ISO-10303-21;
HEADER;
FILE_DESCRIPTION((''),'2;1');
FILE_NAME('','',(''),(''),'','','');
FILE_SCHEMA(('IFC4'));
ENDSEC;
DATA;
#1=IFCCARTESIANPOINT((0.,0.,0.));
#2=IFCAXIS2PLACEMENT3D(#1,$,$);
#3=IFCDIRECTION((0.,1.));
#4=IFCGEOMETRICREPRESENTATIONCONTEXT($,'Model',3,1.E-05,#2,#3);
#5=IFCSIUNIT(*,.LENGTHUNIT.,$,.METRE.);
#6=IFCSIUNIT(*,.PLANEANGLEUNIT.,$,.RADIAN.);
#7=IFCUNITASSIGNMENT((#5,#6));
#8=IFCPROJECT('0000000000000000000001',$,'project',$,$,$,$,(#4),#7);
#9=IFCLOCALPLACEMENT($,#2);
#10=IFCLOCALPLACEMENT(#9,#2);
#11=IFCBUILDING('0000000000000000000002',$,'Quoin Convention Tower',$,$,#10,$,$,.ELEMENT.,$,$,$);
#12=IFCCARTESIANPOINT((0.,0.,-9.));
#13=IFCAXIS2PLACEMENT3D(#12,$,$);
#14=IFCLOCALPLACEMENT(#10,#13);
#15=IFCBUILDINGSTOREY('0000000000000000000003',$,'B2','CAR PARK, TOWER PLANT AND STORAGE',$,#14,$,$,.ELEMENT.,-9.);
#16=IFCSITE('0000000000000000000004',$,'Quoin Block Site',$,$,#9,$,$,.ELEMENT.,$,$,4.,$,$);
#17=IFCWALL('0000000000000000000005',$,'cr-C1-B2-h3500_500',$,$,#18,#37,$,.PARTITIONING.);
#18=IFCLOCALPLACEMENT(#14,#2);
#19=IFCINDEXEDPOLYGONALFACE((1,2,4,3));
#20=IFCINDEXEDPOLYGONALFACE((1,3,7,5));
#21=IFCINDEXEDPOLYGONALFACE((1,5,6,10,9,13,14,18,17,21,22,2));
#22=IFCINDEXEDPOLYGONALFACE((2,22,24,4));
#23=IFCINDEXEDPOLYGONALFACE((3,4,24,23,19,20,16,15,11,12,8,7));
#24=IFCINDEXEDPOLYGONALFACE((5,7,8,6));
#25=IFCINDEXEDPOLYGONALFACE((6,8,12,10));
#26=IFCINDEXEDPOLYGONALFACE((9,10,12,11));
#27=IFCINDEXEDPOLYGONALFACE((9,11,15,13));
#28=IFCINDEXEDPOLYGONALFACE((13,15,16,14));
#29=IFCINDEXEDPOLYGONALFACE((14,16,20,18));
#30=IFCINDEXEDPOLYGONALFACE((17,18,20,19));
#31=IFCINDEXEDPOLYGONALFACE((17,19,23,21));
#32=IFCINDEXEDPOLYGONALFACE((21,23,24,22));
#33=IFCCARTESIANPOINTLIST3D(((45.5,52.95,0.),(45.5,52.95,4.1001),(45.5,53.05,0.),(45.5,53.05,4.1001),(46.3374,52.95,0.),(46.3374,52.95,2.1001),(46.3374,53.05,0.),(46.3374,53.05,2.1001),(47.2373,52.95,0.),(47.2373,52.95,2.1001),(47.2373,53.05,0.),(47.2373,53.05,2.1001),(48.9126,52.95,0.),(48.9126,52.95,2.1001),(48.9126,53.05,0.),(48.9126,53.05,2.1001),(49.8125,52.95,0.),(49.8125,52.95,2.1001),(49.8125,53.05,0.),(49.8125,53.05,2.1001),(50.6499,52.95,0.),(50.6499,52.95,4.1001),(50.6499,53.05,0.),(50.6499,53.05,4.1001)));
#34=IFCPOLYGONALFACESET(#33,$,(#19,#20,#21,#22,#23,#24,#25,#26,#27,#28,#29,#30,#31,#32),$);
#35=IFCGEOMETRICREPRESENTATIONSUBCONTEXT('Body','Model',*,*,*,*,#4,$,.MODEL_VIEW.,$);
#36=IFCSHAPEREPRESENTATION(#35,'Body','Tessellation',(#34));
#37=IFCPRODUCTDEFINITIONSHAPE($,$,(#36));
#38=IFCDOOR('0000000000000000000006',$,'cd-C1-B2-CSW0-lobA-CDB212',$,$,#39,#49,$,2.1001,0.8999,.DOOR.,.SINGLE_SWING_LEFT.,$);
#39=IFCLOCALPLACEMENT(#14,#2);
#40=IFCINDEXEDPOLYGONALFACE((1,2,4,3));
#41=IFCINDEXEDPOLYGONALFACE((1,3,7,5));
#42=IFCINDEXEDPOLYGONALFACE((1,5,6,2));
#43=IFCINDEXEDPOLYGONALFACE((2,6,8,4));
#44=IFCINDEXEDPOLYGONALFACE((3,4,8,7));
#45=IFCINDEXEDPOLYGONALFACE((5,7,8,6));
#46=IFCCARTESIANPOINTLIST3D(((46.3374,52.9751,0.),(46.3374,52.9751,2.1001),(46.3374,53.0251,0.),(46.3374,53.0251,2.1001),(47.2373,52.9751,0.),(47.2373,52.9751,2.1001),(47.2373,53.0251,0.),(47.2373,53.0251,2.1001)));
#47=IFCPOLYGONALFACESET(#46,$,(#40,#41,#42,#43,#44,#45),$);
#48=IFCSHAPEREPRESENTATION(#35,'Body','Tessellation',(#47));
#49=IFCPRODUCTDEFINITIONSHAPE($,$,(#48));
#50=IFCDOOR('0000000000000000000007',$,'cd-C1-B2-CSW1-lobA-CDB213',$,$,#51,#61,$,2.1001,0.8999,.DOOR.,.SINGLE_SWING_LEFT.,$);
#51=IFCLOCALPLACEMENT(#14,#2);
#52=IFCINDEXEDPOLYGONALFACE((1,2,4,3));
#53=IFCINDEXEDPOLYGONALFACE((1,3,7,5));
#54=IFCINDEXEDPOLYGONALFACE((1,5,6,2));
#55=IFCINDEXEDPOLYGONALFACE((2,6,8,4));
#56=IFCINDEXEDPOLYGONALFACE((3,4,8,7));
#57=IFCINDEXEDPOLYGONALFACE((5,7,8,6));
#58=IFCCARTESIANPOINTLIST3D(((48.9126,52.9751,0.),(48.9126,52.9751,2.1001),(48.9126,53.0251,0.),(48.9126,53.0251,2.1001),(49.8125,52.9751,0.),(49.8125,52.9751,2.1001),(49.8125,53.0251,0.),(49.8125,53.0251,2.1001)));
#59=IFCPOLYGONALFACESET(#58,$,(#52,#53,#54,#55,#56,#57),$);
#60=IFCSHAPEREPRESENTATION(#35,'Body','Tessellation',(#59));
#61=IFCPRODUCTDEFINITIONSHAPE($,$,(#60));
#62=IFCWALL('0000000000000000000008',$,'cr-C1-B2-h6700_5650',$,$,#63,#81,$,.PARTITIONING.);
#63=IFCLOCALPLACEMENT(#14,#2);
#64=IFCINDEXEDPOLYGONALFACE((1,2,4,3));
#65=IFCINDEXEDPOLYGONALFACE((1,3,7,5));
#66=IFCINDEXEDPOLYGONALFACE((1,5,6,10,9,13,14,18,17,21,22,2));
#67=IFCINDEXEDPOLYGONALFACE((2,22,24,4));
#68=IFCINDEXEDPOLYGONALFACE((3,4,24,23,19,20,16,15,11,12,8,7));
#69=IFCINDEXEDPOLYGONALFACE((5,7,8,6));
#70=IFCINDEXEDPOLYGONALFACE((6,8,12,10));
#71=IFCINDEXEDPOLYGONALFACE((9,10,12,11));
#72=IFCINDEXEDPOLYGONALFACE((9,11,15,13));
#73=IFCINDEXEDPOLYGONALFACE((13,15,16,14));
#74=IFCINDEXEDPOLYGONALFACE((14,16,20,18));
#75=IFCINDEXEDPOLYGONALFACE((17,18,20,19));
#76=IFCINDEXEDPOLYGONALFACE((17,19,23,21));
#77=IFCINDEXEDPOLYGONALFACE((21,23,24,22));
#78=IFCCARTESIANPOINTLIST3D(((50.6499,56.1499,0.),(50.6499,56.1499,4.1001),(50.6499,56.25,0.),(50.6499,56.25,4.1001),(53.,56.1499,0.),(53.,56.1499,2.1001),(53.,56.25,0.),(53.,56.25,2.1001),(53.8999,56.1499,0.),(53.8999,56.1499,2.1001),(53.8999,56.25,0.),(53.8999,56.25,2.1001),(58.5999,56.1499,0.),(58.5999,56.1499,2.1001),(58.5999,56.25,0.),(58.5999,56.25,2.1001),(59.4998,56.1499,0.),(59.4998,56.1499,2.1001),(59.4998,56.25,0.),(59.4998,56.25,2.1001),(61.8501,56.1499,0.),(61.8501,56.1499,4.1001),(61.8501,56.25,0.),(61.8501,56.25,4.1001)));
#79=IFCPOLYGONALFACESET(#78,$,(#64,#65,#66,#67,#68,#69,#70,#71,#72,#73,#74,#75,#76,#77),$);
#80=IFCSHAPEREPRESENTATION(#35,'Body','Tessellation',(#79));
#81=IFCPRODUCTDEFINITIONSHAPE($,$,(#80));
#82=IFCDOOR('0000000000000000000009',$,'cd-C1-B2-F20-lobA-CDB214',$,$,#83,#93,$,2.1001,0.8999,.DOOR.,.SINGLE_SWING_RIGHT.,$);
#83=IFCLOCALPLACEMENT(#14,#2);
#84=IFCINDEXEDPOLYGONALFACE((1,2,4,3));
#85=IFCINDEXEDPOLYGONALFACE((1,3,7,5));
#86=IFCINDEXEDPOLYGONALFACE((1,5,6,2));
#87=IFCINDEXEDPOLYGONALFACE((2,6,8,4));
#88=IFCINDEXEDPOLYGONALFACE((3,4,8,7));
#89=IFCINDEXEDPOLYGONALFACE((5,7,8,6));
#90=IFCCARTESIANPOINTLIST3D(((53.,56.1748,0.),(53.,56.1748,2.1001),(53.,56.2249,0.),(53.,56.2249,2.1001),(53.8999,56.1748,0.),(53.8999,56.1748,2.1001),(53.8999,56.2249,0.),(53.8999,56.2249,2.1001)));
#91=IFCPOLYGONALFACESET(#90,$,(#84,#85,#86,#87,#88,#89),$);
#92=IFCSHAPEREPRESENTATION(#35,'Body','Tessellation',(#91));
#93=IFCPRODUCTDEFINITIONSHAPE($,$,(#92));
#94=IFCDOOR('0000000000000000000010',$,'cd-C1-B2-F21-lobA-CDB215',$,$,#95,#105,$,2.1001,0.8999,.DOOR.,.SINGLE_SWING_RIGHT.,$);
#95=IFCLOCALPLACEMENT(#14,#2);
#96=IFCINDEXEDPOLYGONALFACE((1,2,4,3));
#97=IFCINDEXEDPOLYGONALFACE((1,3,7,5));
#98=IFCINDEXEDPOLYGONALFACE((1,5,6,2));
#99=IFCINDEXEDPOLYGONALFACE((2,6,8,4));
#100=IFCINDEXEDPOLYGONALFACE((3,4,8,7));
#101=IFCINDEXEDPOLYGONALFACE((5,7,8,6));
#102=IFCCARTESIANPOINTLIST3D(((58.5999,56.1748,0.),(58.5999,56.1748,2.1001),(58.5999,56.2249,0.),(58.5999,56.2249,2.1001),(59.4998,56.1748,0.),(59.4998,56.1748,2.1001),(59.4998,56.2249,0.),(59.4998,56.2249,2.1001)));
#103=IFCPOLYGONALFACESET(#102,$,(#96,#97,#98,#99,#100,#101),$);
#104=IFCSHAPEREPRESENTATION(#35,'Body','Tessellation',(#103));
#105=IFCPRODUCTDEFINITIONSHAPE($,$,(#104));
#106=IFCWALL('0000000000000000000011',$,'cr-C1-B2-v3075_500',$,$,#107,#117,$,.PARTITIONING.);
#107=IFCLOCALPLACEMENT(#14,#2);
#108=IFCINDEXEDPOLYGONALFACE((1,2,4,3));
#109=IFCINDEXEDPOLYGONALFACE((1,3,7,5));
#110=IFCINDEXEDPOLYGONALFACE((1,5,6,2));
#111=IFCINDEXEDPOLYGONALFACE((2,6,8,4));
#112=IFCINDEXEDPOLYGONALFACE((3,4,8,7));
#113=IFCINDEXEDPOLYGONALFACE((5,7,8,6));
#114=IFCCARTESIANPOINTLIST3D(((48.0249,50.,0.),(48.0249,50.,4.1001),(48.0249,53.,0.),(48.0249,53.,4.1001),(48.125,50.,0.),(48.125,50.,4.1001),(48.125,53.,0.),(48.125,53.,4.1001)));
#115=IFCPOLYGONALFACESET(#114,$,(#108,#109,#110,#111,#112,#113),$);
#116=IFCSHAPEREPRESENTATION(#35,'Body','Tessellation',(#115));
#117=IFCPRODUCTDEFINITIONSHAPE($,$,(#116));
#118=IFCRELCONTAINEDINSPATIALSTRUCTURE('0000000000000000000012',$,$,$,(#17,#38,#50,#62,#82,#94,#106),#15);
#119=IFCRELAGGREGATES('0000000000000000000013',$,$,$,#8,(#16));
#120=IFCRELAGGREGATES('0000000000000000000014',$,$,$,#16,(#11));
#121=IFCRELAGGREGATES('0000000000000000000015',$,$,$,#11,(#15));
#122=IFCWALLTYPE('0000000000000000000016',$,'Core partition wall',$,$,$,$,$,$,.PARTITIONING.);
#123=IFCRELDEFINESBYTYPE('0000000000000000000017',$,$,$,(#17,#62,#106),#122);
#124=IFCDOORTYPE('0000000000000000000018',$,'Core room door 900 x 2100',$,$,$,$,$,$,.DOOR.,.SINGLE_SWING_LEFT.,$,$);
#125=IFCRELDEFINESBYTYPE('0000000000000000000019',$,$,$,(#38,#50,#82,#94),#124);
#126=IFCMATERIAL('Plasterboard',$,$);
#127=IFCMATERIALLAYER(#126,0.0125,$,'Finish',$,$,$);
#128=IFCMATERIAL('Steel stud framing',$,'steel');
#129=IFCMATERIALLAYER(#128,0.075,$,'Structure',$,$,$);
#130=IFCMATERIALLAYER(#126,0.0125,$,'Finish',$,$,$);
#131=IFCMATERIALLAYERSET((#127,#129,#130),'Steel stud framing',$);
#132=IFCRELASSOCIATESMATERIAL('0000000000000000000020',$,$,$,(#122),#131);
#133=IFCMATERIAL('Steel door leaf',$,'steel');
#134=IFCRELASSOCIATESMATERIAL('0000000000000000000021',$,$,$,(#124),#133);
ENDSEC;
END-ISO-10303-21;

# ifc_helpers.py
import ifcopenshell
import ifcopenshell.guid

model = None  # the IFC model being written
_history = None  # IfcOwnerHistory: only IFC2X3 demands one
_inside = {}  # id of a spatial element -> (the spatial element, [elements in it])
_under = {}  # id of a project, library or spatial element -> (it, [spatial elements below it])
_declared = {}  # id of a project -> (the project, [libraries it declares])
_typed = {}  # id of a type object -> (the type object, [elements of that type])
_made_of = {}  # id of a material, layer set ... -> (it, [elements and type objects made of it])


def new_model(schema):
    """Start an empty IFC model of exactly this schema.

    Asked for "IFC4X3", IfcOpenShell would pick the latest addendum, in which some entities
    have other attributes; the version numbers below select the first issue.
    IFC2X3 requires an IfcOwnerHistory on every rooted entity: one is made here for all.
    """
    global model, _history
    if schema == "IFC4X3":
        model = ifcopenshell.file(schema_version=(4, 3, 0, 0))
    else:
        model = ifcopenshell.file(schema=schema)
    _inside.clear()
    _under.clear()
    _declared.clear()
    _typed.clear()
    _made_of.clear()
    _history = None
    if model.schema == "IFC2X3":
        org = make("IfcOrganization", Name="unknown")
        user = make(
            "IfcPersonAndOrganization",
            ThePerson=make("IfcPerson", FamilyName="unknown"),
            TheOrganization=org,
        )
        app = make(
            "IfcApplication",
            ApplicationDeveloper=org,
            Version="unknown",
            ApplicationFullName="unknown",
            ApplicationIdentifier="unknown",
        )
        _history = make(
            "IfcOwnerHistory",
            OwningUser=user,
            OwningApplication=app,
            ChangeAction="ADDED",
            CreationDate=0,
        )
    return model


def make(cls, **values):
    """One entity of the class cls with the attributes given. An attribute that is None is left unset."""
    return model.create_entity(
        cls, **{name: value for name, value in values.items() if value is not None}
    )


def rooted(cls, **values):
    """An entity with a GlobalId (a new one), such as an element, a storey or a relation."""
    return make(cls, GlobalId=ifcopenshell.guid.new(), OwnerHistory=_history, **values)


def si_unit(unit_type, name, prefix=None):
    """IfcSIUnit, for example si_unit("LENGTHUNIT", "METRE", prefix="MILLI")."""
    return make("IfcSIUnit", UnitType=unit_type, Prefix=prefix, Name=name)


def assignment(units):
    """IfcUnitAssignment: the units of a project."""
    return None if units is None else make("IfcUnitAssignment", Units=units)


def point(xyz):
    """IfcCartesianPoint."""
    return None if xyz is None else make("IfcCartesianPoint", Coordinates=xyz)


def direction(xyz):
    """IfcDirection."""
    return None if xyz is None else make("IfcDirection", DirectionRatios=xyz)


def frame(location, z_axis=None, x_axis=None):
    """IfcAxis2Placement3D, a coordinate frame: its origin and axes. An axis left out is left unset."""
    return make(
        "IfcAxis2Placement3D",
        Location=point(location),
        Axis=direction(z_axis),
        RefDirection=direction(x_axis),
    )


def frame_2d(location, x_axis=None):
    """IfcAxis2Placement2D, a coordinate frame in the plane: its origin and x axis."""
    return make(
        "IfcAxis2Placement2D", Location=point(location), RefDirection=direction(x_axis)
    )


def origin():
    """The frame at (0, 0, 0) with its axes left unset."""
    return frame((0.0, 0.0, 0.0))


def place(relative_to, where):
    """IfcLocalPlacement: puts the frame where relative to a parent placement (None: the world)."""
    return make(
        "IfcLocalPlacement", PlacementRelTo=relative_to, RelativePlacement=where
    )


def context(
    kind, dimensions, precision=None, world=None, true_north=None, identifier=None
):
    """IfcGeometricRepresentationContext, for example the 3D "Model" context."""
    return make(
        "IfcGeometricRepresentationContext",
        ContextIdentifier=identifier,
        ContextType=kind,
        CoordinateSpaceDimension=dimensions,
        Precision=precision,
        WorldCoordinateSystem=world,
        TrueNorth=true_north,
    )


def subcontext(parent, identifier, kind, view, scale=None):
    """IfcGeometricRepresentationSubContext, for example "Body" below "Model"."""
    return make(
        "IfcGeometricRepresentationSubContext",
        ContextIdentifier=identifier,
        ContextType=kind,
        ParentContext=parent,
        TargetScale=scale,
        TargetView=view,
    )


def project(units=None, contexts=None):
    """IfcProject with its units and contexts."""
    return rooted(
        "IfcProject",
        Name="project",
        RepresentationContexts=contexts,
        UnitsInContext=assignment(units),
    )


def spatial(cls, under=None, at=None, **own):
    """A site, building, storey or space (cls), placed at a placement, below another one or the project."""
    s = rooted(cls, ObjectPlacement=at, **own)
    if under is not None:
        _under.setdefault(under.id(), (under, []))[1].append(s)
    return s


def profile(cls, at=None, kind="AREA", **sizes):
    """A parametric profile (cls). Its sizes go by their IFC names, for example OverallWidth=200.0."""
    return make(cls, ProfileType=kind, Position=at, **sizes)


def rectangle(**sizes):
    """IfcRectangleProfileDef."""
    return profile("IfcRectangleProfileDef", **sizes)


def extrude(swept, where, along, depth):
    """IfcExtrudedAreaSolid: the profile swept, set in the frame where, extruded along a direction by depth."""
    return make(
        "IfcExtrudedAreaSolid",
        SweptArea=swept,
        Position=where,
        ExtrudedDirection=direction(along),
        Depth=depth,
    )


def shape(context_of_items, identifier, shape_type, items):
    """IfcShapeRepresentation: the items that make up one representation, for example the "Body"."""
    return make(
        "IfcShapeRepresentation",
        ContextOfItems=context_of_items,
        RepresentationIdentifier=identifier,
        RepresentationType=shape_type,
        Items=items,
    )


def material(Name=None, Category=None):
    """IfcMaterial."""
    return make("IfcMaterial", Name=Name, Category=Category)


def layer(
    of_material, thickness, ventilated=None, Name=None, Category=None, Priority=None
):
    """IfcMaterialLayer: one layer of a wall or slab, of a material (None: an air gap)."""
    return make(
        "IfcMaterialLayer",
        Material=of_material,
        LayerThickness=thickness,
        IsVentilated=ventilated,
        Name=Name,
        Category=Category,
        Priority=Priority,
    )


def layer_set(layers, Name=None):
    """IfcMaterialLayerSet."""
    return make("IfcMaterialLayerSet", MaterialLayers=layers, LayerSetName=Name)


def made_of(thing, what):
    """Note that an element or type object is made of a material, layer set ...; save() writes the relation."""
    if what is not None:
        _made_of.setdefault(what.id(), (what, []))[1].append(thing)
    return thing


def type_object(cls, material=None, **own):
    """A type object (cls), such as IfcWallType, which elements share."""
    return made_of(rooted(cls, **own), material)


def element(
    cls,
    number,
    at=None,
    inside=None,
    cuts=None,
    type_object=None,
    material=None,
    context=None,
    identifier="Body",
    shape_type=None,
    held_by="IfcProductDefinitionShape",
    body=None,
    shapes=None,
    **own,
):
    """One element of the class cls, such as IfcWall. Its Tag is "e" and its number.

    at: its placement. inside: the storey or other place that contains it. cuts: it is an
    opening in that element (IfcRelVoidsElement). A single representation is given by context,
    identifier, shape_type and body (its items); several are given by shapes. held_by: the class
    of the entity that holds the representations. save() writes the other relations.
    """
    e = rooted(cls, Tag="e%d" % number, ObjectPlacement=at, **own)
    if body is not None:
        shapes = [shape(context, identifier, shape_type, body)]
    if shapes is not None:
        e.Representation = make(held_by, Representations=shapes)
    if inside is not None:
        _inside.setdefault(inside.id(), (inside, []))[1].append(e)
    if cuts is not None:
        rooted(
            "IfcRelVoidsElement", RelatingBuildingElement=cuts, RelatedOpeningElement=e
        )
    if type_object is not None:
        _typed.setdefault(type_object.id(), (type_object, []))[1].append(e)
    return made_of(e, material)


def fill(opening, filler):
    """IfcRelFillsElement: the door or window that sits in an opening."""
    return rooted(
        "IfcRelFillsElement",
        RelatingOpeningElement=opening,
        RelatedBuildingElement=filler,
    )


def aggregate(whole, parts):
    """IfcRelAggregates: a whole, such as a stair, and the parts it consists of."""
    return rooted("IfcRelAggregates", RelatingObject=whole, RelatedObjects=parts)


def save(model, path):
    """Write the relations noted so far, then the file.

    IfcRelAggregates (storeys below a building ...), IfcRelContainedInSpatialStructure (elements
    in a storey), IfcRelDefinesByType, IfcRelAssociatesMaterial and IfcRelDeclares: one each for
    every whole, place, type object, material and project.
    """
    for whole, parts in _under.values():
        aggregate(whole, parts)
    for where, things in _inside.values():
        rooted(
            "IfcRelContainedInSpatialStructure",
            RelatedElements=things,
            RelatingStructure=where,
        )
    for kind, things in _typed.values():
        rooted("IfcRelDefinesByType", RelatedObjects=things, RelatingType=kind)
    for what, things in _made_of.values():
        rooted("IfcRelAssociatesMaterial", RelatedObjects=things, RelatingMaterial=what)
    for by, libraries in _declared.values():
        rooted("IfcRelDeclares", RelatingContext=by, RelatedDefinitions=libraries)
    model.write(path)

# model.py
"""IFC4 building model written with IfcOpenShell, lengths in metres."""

from ifc_helpers import new_model, si_unit, direction, frame, frame_2d, origin, place, context, subcontext, project, spatial, rectangle, extrude, material, layer, layer_set, type_object, element, fill, save


model = new_model("IFC4")

# Units and contexts
model_context = context("Model", 3, precision=1e-05, world=origin(), true_north=direction((0.0, 1.0)))
body_context = subcontext(model_context, "Body", "Model", "MODEL_VIEW")
ifc_project = project(units=[si_unit("LENGTHUNIT", "METRE"), si_unit("PLANEANGLEUNIT", "RADIAN")], contexts=[model_context])

# Site, building, storey
site_placement = place(None, origin())
site = spatial("IfcSite", under=ifc_project, at=site_placement, Name="Quoin Block Site", CompositionType="ELEMENT", RefElevation=4.0)
building_placement = place(site_placement, origin())
building = spatial("IfcBuilding", under=site, at=building_placement, Name="Quoin Convention Tower", CompositionType="ELEMENT")
storey_placement = place(building_placement, frame((0.0, 0.0, -9.0)))
storey = spatial("IfcBuildingStorey", under=building, at=storey_placement, Name="B2", Description="CAR PARK, TOWER PLANT AND STORAGE", CompositionType="ELEMENT", Elevation=-9.0)

# Walls, openings, doors
ifc_material_1 = material(Name="Plasterboard")
ifc_layer_1 = layer(ifc_material_1, 0.0125, Name="Finish")
ifc_material_2 = material(Name="Steel stud framing", Category="steel")
ifc_layer_2 = layer(ifc_material_2, 0.075, Name="Structure")
ifc_layer_3 = layer(ifc_material_1, 0.0125, Name="Finish")
ifc_layer_set_1 = layer_set([ifc_layer_1, ifc_layer_2, ifc_layer_3], Name="Steel stud framing")
wall_type_1 = type_object("IfcWallType", Name="Core partition wall", PredefinedType="PARTITIONING", material=ifc_layer_set_1)
wall_1_placement = place(storey_placement, frame((45.5, 53.0, 0.0), z_axis=(0.0, 0.0, 1.0), x_axis=(1.0, 0.0, 0.0)))
wall_1 = element("IfcWall", 1, at=wall_1_placement, inside=storey, type_object=wall_type_1, Name="cr-C1-B2-h3500_500", PredefinedType="PARTITIONING", context=body_context, shape_type="SweptSolid", body=[
    extrude(rectangle(XDim=5.1499, YDim=0.1001, at=frame_2d((2.575, 0.0))), origin(), (0.0, 0.0, 1.0), 4.1001),
])
opening_1_placement = place(wall_1_placement, frame((0.8374, 0.0, 0.0)))
opening_1 = element("IfcOpeningElement", 2, at=opening_1_placement, cuts=wall_1, PredefinedType="OPENING", context=body_context, shape_type="SweptSolid", body=[
    extrude(rectangle(XDim=0.8999, YDim=2.1001, at=frame_2d((0.45, 1.05))), frame((0.0, 0.0601, 0.0), z_axis=(0.0, -1.0, 0.0), x_axis=(1.0, 0.0, 0.0)), (0.0, 0.0, 1.0), 0.1201),
])
opening_2_placement = place(wall_1_placement, frame((3.4126, 0.0, 0.0)))
opening_2 = element("IfcOpeningElement", 3, at=opening_2_placement, cuts=wall_1, PredefinedType="OPENING", context=body_context, shape_type="SweptSolid", body=[
    extrude(rectangle(XDim=0.8999, YDim=2.1001, at=frame_2d((0.45, 1.05))), frame((0.0, 0.0601, 0.0), z_axis=(0.0, -1.0, 0.0), x_axis=(1.0, 0.0, 0.0)), (0.0, 0.0, 1.0), 0.1201),
])
ifc_material_3 = material(Name="Steel door leaf", Category="steel")
door_type_1 = type_object("IfcDoorType", Name="Core room door 900 x 2100", OperationType="SINGLE_SWING_LEFT", PredefinedType="DOOR", material=ifc_material_3)
door_1_placement = place(opening_1_placement, frame((0.8999, 0.0, 0.0), z_axis=(0.0, 0.0, 1.0), x_axis=(-1.0, 0.0, 0.0)))
door_1 = element("IfcDoor", 4, at=door_1_placement, inside=storey, type_object=door_type_1, Name="cd-C1-B2-CSW0-lobA-CDB212", OperationType="SINGLE_SWING_LEFT", OverallHeight=2.1001, OverallWidth=0.8999, PredefinedType="DOOR", context=body_context, shape_type="SweptSolid", body=[
    extrude(rectangle(XDim=0.8999, YDim=2.1001, at=frame_2d((0.45, 1.05))), frame((0.0, 0.0249, 0.0), z_axis=(0.0, -1.0, 0.0), x_axis=(1.0, 0.0, 0.0)), (0.0, 0.0, 1.0), 0.05),
])
fill(opening_1, door_1)
door_2_placement = place(opening_2_placement, frame((0.8999, 0.0, 0.0), z_axis=(0.0, 0.0, 1.0), x_axis=(-1.0, 0.0, 0.0)))
door_2 = element("IfcDoor", 5, at=door_2_placement, inside=storey, type_object=door_type_1, Name="cd-C1-B2-CSW1-lobA-CDB213", OperationType="SINGLE_SWING_LEFT", OverallHeight=2.1001, OverallWidth=0.8999, PredefinedType="DOOR", context=body_context, shape_type="SweptSolid", body=[
    extrude(rectangle(XDim=0.8999, YDim=2.1001, at=frame_2d((0.45, 1.05))), frame((0.0, 0.0249, 0.0), z_axis=(0.0, -1.0, 0.0), x_axis=(1.0, 0.0, 0.0)), (0.0, 0.0, 1.0), 0.05),
])
fill(opening_2, door_2)
wall_2_placement = place(storey_placement, frame((50.6499, 56.2, 0.0), z_axis=(0.0, 0.0, 1.0), x_axis=(1.0, 0.0, 0.0)))
wall_2 = element("IfcWall", 6, at=wall_2_placement, inside=storey, type_object=wall_type_1, Name="cr-C1-B2-h6700_5650", PredefinedType="PARTITIONING", context=body_context, shape_type="SweptSolid", body=[
    extrude(rectangle(XDim=11.2002, YDim=0.1001, at=frame_2d((5.6001, 0.0))), origin(), (0.0, 0.0, 1.0), 4.1001),
])
opening_3_placement = place(wall_2_placement, frame((2.3501, 0.0, 0.0)))
opening_3 = element("IfcOpeningElement", 7, at=opening_3_placement, cuts=wall_2, PredefinedType="OPENING", context=body_context, shape_type="SweptSolid", body=[
    extrude(rectangle(XDim=0.8999, YDim=2.1001, at=frame_2d((0.45, 1.05))), frame((0.0, 0.0601, 0.0), z_axis=(0.0, -1.0, 0.0), x_axis=(1.0, 0.0, 0.0)), (0.0, 0.0, 1.0), 0.1201),
])
opening_4_placement = place(wall_2_placement, frame((7.95, 0.0, 0.0)))
opening_4 = element("IfcOpeningElement", 8, at=opening_4_placement, cuts=wall_2, PredefinedType="OPENING", context=body_context, shape_type="SweptSolid", body=[
    extrude(rectangle(XDim=0.8999, YDim=2.1001, at=frame_2d((0.45, 1.05))), frame((0.0, 0.0601, 0.0), z_axis=(0.0, -1.0, 0.0), x_axis=(1.0, 0.0, 0.0)), (0.0, 0.0, 1.0), 0.1201),
])
door_3_placement = place(opening_3_placement, origin())
door_3 = element("IfcDoor", 9, at=door_3_placement, inside=storey, type_object=door_type_1, Name="cd-C1-B2-F20-lobA-CDB214", OperationType="SINGLE_SWING_RIGHT", OverallHeight=2.1001, OverallWidth=0.8999, PredefinedType="DOOR", context=body_context, shape_type="SweptSolid", body=[
    extrude(rectangle(XDim=0.8999, YDim=2.1001, at=frame_2d((0.45, 1.05))), frame((0.0, 0.0249, 0.0), z_axis=(0.0, -1.0, 0.0), x_axis=(1.0, 0.0, 0.0)), (0.0, 0.0, 1.0), 0.05),
])
fill(opening_3, door_3)
door_4_placement = place(opening_4_placement, origin())
door_4 = element("IfcDoor", 10, at=door_4_placement, inside=storey, type_object=door_type_1, Name="cd-C1-B2-F21-lobA-CDB215", OperationType="SINGLE_SWING_RIGHT", OverallHeight=2.1001, OverallWidth=0.8999, PredefinedType="DOOR", context=body_context, shape_type="SweptSolid", body=[
    extrude(rectangle(XDim=0.8999, YDim=2.1001, at=frame_2d((0.45, 1.05))), frame((0.0, 0.0249, 0.0), z_axis=(0.0, -1.0, 0.0), x_axis=(1.0, 0.0, 0.0)), (0.0, 0.0, 1.0), 0.05),
])
fill(opening_4, door_4)

# Wall
wall_3_placement = place(storey_placement, frame((48.075, 50.0, 0.0), z_axis=(0.0, 0.0, 1.0), x_axis=(0.0, 1.0, 0.0)))
element("IfcWall", 11, at=wall_3_placement, inside=storey, type_object=wall_type_1, Name="cr-C1-B2-v3075_500", PredefinedType="PARTITIONING", context=body_context, shape_type="SweptSolid", body=[
    extrude(rectangle(XDim=3.0, YDim=0.1001, at=frame_2d((1.5, 0.0))), origin(), (0.0, 0.0, 1.0), 4.1001),
])

save(model, "model.ifc")
